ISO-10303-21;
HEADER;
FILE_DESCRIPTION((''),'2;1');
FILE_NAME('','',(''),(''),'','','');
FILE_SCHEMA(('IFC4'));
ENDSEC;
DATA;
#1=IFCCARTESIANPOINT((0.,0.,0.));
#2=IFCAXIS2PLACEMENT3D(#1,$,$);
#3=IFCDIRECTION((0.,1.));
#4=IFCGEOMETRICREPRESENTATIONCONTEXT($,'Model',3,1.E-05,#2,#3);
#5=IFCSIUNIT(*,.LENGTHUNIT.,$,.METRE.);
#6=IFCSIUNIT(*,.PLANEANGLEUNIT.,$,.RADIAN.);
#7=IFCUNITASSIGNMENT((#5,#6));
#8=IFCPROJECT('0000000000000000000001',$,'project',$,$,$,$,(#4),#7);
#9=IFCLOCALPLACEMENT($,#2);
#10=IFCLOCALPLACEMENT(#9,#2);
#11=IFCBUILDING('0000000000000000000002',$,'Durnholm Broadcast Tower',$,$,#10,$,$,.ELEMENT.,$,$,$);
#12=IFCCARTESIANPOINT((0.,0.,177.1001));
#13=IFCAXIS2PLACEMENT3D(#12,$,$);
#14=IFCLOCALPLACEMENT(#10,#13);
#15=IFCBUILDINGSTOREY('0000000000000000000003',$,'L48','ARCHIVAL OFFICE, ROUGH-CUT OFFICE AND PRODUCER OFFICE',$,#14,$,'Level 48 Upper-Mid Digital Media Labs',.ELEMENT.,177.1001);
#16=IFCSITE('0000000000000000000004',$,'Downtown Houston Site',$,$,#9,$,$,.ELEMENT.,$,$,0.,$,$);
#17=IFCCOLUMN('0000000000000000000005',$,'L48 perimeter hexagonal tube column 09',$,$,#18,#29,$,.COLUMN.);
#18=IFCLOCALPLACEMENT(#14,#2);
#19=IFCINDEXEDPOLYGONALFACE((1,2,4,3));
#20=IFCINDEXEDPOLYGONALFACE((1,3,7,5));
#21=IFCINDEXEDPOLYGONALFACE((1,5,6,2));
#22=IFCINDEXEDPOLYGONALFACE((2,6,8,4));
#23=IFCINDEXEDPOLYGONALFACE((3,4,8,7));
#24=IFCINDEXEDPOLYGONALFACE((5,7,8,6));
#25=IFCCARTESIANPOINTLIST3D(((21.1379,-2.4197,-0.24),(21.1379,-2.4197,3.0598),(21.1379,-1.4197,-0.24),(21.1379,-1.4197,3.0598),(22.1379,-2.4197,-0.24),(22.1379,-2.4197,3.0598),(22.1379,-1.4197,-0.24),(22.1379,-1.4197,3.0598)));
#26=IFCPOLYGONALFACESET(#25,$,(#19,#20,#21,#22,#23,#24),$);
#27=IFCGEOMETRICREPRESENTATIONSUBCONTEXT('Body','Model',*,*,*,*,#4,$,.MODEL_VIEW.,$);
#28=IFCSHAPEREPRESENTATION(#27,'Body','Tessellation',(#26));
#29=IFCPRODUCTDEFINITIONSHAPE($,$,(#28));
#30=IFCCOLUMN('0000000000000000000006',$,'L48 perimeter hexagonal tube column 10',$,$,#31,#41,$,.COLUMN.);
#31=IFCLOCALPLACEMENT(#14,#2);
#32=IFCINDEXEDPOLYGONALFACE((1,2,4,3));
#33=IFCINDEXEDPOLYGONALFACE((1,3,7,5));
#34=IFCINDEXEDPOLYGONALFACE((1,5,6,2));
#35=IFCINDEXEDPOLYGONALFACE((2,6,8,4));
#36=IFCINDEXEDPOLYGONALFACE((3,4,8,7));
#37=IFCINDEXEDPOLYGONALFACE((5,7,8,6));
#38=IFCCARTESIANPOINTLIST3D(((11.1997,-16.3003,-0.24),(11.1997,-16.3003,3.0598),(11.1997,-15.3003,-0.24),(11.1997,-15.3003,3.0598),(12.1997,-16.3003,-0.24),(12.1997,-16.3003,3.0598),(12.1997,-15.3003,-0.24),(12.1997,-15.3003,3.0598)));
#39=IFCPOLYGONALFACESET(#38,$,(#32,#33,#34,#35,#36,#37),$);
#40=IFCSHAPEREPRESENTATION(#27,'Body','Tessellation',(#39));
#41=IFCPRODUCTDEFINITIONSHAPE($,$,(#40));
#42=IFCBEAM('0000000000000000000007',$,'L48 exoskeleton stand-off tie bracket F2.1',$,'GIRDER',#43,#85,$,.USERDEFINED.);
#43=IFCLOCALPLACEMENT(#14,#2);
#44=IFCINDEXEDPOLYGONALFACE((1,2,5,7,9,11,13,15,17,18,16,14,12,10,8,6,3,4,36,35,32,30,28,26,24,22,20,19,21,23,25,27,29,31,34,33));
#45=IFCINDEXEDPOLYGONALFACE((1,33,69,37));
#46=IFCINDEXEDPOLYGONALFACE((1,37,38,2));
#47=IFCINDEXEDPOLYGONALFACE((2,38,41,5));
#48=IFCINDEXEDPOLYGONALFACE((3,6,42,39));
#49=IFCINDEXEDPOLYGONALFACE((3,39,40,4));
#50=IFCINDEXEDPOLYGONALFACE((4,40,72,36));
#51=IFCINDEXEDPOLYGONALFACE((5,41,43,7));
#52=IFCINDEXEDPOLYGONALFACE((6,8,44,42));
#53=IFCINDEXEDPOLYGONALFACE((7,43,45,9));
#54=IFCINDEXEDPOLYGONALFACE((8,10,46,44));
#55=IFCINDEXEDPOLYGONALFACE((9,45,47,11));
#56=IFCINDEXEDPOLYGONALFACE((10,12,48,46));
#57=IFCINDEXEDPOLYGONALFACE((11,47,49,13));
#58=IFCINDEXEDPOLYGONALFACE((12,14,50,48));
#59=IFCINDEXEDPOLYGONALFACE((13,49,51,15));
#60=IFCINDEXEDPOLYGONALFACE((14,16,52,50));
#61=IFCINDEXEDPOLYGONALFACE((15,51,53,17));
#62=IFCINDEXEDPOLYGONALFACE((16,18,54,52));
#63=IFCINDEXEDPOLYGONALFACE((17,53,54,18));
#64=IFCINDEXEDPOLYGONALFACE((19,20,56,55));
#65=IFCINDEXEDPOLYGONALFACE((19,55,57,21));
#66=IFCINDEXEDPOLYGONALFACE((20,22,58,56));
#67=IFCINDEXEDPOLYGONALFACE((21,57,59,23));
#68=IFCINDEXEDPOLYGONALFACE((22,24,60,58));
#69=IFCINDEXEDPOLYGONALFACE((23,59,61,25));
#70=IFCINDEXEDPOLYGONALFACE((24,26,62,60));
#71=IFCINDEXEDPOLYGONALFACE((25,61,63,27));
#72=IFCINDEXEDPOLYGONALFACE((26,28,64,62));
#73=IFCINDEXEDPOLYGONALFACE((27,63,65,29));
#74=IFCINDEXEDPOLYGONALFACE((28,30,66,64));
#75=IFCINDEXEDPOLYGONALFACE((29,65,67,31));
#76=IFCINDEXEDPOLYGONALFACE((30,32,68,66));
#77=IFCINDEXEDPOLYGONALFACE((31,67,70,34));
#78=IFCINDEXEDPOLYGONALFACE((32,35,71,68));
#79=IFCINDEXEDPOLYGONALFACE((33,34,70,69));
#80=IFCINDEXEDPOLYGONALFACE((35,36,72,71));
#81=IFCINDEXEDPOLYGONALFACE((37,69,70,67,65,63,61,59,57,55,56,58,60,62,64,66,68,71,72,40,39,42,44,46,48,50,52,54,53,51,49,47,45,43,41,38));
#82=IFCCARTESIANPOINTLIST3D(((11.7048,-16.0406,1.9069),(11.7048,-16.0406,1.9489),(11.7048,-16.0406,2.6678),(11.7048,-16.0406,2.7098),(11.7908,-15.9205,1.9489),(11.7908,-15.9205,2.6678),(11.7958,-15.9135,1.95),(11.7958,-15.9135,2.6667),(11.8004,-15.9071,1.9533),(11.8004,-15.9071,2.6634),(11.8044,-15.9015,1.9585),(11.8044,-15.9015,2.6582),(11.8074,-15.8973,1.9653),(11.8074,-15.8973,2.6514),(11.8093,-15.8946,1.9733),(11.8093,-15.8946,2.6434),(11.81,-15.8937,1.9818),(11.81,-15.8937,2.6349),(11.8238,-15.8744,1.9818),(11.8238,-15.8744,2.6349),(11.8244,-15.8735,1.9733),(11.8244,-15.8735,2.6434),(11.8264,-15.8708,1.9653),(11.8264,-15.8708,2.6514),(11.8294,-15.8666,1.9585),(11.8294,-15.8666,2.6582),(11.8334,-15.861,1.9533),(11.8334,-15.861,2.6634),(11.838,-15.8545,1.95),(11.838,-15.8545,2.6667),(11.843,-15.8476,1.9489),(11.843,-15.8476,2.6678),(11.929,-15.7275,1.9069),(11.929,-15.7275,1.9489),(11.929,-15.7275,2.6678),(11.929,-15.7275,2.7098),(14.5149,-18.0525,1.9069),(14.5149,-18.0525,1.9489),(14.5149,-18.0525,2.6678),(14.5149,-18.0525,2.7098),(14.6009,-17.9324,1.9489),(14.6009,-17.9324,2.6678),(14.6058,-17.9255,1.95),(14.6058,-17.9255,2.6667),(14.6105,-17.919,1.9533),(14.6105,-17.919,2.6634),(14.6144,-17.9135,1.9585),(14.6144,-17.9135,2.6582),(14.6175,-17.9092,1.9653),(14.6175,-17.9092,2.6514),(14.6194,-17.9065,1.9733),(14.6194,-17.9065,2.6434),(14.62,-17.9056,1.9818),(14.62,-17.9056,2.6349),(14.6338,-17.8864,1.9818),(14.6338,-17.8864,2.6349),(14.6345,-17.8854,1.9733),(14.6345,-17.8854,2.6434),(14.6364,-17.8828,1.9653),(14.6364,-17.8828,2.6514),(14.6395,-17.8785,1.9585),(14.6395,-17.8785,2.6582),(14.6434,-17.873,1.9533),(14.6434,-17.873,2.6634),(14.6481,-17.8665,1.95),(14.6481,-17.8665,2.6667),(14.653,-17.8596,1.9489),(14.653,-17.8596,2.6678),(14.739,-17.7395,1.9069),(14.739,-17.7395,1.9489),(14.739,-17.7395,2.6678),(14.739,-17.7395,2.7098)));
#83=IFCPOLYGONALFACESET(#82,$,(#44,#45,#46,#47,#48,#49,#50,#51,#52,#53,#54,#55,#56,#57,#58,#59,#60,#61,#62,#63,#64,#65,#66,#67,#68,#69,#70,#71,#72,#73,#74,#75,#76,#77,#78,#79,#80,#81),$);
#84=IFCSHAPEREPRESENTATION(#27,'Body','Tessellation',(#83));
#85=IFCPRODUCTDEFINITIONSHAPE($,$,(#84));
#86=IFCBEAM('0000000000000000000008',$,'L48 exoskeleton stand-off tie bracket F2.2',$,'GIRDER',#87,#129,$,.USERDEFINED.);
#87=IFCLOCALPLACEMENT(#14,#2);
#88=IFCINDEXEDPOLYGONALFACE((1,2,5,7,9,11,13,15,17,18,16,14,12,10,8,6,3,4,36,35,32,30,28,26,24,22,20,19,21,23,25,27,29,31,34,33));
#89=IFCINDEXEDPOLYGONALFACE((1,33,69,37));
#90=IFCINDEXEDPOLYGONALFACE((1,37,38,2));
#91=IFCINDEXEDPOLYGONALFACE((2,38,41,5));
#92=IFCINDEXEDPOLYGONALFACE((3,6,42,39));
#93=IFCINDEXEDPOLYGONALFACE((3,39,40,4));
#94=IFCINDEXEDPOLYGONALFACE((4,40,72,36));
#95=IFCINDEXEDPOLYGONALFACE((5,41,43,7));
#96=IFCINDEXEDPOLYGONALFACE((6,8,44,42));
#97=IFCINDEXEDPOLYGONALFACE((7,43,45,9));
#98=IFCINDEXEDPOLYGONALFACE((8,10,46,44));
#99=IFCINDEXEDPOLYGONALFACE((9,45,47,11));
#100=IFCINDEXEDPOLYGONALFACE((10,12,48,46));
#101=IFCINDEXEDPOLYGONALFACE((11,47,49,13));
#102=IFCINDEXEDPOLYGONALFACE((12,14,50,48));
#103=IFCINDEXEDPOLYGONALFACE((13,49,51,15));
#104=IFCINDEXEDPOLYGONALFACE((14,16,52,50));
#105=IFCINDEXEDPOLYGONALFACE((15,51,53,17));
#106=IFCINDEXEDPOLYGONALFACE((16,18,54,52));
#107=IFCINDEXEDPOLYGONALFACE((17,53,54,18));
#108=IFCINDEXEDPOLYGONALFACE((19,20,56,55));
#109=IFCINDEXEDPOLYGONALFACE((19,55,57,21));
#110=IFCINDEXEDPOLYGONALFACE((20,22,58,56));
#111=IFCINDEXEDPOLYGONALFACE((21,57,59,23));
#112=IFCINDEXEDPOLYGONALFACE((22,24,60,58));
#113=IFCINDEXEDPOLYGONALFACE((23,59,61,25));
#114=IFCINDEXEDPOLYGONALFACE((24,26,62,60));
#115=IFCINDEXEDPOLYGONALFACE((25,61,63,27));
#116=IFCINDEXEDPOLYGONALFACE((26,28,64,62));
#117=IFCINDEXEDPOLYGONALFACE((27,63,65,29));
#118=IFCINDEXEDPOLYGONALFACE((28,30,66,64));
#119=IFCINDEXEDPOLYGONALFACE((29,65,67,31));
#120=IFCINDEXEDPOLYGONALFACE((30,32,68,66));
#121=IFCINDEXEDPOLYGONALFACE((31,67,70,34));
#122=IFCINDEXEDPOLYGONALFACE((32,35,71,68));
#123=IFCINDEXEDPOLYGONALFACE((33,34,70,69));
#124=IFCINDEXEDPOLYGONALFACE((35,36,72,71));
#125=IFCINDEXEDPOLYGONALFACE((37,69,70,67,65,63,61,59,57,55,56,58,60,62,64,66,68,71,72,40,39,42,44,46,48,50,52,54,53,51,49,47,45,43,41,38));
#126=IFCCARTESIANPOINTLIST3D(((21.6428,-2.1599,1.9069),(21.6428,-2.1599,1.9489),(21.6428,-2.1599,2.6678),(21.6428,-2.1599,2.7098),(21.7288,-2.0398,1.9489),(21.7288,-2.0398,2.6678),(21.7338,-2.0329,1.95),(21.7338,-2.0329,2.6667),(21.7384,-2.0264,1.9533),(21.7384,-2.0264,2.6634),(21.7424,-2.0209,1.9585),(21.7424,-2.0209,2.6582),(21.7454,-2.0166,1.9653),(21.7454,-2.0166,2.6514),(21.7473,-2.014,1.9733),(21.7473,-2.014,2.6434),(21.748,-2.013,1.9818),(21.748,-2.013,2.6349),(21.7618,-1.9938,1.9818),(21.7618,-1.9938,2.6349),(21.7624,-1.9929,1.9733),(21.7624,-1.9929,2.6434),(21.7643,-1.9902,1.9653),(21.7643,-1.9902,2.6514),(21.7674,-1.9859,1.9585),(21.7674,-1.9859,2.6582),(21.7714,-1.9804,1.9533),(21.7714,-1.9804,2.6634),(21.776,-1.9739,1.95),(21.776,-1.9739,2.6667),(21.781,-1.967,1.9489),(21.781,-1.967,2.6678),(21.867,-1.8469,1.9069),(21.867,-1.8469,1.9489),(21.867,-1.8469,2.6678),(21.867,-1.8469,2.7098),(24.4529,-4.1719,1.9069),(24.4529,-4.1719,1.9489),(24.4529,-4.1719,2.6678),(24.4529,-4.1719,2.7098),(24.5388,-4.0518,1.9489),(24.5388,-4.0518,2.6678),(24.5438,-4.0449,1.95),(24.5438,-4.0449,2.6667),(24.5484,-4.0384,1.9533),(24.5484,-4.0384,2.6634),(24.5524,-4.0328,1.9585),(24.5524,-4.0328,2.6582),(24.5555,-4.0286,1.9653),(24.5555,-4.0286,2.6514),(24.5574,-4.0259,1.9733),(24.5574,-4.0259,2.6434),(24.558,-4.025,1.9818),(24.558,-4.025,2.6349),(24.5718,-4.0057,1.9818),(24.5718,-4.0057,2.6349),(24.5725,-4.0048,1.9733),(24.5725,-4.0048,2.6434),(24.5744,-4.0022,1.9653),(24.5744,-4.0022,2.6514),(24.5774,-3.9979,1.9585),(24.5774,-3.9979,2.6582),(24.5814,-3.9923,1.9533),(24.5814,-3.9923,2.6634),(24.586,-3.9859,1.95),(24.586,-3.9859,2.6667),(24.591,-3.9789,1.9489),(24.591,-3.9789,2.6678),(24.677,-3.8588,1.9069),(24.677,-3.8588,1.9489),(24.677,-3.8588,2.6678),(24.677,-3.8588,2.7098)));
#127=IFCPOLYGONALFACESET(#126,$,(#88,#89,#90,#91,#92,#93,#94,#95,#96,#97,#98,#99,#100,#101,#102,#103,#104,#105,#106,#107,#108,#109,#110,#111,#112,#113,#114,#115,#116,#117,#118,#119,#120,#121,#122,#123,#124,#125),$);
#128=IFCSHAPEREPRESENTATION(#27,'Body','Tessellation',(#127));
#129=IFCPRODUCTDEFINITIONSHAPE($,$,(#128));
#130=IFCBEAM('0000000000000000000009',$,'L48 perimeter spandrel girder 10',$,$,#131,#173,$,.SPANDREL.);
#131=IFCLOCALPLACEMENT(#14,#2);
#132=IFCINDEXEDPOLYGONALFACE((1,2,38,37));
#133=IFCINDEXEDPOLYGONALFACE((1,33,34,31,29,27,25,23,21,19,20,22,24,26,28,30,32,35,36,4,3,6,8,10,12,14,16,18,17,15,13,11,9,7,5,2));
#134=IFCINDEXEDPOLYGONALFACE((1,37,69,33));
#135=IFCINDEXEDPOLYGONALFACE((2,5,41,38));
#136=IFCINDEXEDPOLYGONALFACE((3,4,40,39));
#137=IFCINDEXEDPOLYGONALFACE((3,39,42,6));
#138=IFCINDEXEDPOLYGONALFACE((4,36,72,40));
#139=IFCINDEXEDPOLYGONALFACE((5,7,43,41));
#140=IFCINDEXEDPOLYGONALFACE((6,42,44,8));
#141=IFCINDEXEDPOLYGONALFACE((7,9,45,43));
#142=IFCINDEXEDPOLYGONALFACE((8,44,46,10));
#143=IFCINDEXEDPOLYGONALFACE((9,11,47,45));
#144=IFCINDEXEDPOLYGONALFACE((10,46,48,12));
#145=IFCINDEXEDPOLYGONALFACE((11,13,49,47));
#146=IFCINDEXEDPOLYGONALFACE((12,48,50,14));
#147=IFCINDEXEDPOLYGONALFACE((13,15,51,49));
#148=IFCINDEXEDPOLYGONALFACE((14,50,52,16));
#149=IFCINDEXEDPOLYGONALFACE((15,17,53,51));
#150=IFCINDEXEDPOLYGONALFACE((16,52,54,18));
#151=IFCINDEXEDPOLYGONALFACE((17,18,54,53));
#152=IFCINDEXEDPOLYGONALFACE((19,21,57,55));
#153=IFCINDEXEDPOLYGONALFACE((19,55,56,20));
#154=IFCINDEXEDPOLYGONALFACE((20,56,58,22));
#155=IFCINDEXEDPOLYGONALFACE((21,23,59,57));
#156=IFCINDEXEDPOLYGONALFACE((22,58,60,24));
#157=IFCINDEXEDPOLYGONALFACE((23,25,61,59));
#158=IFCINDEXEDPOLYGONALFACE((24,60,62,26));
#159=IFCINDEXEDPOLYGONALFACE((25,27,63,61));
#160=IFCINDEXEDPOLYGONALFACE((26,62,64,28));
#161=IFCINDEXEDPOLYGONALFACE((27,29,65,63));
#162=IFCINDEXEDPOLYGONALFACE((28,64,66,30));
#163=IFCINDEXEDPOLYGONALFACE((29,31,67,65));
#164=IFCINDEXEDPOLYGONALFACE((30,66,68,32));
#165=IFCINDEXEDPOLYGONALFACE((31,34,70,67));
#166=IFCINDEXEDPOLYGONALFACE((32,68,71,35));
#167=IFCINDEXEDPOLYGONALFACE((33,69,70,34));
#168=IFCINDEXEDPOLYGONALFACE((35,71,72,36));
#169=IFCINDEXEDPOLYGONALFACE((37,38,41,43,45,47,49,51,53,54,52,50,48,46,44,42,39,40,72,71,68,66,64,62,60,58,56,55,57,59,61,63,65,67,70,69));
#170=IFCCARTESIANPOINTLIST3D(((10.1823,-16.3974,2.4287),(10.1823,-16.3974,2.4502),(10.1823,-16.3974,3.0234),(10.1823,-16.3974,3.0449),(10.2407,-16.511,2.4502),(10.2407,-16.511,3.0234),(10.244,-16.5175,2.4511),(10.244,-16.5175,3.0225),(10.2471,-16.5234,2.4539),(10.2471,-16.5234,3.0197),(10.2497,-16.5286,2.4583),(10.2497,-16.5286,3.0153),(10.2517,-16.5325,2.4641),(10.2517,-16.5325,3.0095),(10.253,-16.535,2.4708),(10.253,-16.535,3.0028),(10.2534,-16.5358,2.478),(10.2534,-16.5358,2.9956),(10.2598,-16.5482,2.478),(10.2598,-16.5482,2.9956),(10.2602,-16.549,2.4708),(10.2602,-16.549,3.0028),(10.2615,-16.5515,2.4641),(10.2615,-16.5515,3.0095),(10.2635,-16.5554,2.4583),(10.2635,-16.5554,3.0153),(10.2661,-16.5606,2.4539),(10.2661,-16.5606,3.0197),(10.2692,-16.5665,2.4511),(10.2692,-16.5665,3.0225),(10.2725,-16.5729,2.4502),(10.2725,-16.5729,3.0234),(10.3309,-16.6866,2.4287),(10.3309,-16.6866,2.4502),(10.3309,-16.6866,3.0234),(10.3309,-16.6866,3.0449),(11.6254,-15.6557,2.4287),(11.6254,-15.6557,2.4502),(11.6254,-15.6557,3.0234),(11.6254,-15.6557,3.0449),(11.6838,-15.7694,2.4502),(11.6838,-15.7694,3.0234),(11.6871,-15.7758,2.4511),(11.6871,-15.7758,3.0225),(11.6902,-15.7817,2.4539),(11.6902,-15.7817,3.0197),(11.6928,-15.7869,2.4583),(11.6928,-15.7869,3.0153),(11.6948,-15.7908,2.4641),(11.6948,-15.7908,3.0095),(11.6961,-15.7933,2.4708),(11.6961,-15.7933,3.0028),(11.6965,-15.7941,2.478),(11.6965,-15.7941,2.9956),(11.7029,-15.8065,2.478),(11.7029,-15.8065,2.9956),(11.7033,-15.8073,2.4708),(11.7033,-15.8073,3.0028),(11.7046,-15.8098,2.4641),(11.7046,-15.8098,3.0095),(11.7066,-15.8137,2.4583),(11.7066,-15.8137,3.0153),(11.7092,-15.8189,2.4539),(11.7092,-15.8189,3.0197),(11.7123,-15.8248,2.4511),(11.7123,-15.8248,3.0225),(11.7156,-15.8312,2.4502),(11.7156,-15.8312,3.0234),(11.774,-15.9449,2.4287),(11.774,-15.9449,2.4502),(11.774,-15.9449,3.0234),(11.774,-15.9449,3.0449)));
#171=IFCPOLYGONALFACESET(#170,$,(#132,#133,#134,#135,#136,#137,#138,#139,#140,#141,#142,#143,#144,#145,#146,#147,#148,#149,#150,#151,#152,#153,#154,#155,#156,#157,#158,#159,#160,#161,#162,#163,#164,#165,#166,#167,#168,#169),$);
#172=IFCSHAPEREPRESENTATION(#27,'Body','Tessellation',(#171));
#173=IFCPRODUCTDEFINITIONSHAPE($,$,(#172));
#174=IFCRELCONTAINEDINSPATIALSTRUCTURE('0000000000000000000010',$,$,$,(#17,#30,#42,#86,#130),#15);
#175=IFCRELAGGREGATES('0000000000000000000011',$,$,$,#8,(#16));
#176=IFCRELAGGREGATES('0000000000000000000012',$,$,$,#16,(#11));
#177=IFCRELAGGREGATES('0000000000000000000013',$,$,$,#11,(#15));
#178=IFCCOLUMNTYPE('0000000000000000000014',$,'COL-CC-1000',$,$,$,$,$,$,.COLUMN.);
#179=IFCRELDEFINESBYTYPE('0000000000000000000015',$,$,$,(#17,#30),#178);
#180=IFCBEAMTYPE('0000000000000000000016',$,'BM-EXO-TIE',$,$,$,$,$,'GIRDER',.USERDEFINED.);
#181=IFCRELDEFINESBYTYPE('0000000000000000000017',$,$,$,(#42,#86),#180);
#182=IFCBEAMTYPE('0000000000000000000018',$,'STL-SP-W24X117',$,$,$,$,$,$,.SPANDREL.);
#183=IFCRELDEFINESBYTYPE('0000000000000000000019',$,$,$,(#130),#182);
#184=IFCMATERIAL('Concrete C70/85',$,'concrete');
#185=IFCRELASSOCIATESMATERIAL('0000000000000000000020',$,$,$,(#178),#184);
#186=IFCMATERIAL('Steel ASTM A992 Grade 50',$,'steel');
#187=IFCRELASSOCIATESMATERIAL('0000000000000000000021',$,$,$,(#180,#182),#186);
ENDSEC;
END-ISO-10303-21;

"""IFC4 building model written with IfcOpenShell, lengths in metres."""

from ifc_helpers import new_model, si_unit, direction, frame, origin, origin_2d, place, context, subcontext, project, spatial, rectangle, i_section, extrude, source, transform, mapped, material, material_profile, profile_set, type_object, type_shapes, element, save


model = new_model("IFC4")

# Units and contexts
model_context = context("Model", 3, precision=1e-05, world=origin(), true_north=direction((0.0, 1.0)))
body_context = subcontext(model_context, "Body", "Model", "MODEL_VIEW")
ifc_project = project(units=[si_unit("LENGTHUNIT", "METRE"), si_unit("PLANEANGLEUNIT", "RADIAN")], contexts=[model_context])

# Site, building, storey
site_placement = place(None, origin())
site = spatial("IfcSite", under=ifc_project, at=site_placement, Name="Downtown Houston Site", CompositionType="ELEMENT", RefElevation=0.0)
building_placement = place(site_placement, origin())
building = spatial("IfcBuilding", under=site, at=building_placement, Name="Durnholm Broadcast Tower", CompositionType="ELEMENT")
storey_placement = place(building_placement, frame((0.0, 0.0, 177.1001)))
storey = spatial("IfcBuildingStorey", under=building, at=storey_placement, Name="L48", Description="ARCHIVAL OFFICE, ROUGH-CUT OFFICE AND PRODUCER OFFICE", LongName="Level 48 Upper-Mid Digital Media Labs", CompositionType="ELEMENT", Elevation=177.1001)

# Columns
ifc_material_1 = material(Name="Concrete C70/85", Category="concrete")
ifc_material_profile_1 = material_profile(ifc_material_1, rectangle(XDim=1.0, YDim=1.0, at=origin_2d()), Name="RC1000X1000")
ifc_profile_set_1 = profile_set([ifc_material_profile_1], Name="Concrete C70/85")
column_type = type_object("IfcColumnType", Name="COL-CC-1000", PredefinedType="COLUMN", material=ifc_profile_set_1)
shared_shape_1 = source(origin(), body_context, "Body", "SweptSolid", [
    extrude(rectangle(XDim=1.0, YDim=1.0, at=origin_2d()), origin(), (0.0, 0.0, 1.0), 3.2998),
])
type_shapes(column_type, [shared_shape_1])
for number, where, z_axis, x_axis, name in (
    (1, (21.6379, -1.9197, -0.24), (0.0, 0.0, 1.0), (1.0, 0.0, 0.0), "L48 perimeter hexagonal tube column 09"),
    (2, (11.6997, -15.8003, -0.24), (0.0, 0.0, 1.0), (1.0, 0.0, 0.0), "L48 perimeter hexagonal tube column 10"),
):
    element("IfcColumn", number, at=place(storey_placement, frame(where, z_axis=z_axis, x_axis=x_axis)), inside=storey, type_object=column_type, Name=name, PredefinedType="COLUMN", context=body_context, shape_type="MappedRepresentation", body=[
        mapped(shared_shape_1, transform((0.0, 0.0, 0.0), x_axis=(1.0, 0.0, 0.0), y_axis=(0.0, 1.0, 0.0), z_axis=(0.0, 0.0, 1.0), scale=1.0)),
    ])

# Beams
ifc_material_2 = material(Name="Steel ASTM A992 Grade 50", Category="steel")
ifc_material_profile_2 = material_profile(ifc_material_2, i_section(OverallWidth=0.385, OverallDepth=0.803, WebThickness=0.0237, FlangeThickness=0.042, FilletRadius=0.033, at=origin_2d()), Name="W30X261")
ifc_profile_set_2 = profile_set([ifc_material_profile_2], Name="Steel ASTM A992 Grade 50")
beam_type_1 = type_object("IfcBeamType", Name="BM-EXO-TIE", ElementType="GIRDER", PredefinedType="USERDEFINED", material=ifc_profile_set_2)
shared_shape_2 = source(origin(), body_context, "Body", "SweptSolid", [
    extrude(i_section(OverallWidth=0.385, OverallDepth=0.803, WebThickness=0.0237, FlangeThickness=0.042, FilletRadius=0.033, at=origin_2d()), origin(), (0.0, 0.0, 1.0), 3.4561),
])
for number, where, z_axis, x_axis, name in (
    (3, (11.8169, -15.884, 2.3083), (0.813079, -0.582153, 0.0), (0.582153, 0.813079, 0.0), "L48 exoskeleton stand-off tie bracket F2.1"),
    (4, (21.7549, -2.0034, 2.3083), (0.813079, -0.582153, 0.0), (0.582153, 0.813079, 0.0), "L48 exoskeleton stand-off tie bracket F2.2"),
):
    element("IfcBeam", number, at=place(storey_placement, frame(where, z_axis=z_axis, x_axis=x_axis)), inside=storey, type_object=beam_type_1, Name=name, ObjectType="GIRDER", PredefinedType="USERDEFINED", context=body_context, shape_type="MappedRepresentation", body=[
        mapped(shared_shape_2, transform((0.0, 0.0, 0.0), x_axis=(1.0, 0.0, 0.0), y_axis=(0.0, 1.0, 0.0), z_axis=(0.0, 0.0, 1.0), scale=1.0)),
    ])
ifc_material_profile_3 = material_profile(ifc_material_2, i_section(OverallWidth=0.3252, OverallDepth=0.6162, WebThickness=0.0139, FlangeThickness=0.0215, FilletRadius=0.0278, at=origin_2d()), Name="W24X117")
ifc_profile_set_3 = profile_set([ifc_material_profile_3], Name="Steel ASTM A992 Grade 50")
beam_type_2 = type_object("IfcBeamType", Name="STL-SP-W24X117", PredefinedType="SPANDREL", material=ifc_profile_set_3)
shared_shape_3 = source(origin(), body_context, "Body", "SweptSolid", [
    extrude(i_section(OverallWidth=0.3252, OverallDepth=0.6162, WebThickness=0.0139, FlangeThickness=0.0215, FilletRadius=0.0278, at=origin_2d()), origin(), (0.0, 0.0, 1.0), 1.6226),
])
beam_1_placement = place(storey_placement, frame((11.6997, -15.8003, 2.7368), z_axis=(-0.889407, -0.457117, 0.0), x_axis=(0.457117, -0.889407, 0.0)))
element("IfcBeam", 5, at=beam_1_placement, inside=storey, type_object=beam_type_2, Name="L48 perimeter spandrel girder 10", PredefinedType="SPANDREL", context=body_context, shape_type="MappedRepresentation", body=[
    mapped(shared_shape_3, transform((0.0, 0.0, 0.0), x_axis=(1.0, 0.0, 0.0), y_axis=(0.0, 1.0, 0.0), z_axis=(0.0, 0.0, 1.0), scale=1.0)),
])

save(model, "model.ifc")
